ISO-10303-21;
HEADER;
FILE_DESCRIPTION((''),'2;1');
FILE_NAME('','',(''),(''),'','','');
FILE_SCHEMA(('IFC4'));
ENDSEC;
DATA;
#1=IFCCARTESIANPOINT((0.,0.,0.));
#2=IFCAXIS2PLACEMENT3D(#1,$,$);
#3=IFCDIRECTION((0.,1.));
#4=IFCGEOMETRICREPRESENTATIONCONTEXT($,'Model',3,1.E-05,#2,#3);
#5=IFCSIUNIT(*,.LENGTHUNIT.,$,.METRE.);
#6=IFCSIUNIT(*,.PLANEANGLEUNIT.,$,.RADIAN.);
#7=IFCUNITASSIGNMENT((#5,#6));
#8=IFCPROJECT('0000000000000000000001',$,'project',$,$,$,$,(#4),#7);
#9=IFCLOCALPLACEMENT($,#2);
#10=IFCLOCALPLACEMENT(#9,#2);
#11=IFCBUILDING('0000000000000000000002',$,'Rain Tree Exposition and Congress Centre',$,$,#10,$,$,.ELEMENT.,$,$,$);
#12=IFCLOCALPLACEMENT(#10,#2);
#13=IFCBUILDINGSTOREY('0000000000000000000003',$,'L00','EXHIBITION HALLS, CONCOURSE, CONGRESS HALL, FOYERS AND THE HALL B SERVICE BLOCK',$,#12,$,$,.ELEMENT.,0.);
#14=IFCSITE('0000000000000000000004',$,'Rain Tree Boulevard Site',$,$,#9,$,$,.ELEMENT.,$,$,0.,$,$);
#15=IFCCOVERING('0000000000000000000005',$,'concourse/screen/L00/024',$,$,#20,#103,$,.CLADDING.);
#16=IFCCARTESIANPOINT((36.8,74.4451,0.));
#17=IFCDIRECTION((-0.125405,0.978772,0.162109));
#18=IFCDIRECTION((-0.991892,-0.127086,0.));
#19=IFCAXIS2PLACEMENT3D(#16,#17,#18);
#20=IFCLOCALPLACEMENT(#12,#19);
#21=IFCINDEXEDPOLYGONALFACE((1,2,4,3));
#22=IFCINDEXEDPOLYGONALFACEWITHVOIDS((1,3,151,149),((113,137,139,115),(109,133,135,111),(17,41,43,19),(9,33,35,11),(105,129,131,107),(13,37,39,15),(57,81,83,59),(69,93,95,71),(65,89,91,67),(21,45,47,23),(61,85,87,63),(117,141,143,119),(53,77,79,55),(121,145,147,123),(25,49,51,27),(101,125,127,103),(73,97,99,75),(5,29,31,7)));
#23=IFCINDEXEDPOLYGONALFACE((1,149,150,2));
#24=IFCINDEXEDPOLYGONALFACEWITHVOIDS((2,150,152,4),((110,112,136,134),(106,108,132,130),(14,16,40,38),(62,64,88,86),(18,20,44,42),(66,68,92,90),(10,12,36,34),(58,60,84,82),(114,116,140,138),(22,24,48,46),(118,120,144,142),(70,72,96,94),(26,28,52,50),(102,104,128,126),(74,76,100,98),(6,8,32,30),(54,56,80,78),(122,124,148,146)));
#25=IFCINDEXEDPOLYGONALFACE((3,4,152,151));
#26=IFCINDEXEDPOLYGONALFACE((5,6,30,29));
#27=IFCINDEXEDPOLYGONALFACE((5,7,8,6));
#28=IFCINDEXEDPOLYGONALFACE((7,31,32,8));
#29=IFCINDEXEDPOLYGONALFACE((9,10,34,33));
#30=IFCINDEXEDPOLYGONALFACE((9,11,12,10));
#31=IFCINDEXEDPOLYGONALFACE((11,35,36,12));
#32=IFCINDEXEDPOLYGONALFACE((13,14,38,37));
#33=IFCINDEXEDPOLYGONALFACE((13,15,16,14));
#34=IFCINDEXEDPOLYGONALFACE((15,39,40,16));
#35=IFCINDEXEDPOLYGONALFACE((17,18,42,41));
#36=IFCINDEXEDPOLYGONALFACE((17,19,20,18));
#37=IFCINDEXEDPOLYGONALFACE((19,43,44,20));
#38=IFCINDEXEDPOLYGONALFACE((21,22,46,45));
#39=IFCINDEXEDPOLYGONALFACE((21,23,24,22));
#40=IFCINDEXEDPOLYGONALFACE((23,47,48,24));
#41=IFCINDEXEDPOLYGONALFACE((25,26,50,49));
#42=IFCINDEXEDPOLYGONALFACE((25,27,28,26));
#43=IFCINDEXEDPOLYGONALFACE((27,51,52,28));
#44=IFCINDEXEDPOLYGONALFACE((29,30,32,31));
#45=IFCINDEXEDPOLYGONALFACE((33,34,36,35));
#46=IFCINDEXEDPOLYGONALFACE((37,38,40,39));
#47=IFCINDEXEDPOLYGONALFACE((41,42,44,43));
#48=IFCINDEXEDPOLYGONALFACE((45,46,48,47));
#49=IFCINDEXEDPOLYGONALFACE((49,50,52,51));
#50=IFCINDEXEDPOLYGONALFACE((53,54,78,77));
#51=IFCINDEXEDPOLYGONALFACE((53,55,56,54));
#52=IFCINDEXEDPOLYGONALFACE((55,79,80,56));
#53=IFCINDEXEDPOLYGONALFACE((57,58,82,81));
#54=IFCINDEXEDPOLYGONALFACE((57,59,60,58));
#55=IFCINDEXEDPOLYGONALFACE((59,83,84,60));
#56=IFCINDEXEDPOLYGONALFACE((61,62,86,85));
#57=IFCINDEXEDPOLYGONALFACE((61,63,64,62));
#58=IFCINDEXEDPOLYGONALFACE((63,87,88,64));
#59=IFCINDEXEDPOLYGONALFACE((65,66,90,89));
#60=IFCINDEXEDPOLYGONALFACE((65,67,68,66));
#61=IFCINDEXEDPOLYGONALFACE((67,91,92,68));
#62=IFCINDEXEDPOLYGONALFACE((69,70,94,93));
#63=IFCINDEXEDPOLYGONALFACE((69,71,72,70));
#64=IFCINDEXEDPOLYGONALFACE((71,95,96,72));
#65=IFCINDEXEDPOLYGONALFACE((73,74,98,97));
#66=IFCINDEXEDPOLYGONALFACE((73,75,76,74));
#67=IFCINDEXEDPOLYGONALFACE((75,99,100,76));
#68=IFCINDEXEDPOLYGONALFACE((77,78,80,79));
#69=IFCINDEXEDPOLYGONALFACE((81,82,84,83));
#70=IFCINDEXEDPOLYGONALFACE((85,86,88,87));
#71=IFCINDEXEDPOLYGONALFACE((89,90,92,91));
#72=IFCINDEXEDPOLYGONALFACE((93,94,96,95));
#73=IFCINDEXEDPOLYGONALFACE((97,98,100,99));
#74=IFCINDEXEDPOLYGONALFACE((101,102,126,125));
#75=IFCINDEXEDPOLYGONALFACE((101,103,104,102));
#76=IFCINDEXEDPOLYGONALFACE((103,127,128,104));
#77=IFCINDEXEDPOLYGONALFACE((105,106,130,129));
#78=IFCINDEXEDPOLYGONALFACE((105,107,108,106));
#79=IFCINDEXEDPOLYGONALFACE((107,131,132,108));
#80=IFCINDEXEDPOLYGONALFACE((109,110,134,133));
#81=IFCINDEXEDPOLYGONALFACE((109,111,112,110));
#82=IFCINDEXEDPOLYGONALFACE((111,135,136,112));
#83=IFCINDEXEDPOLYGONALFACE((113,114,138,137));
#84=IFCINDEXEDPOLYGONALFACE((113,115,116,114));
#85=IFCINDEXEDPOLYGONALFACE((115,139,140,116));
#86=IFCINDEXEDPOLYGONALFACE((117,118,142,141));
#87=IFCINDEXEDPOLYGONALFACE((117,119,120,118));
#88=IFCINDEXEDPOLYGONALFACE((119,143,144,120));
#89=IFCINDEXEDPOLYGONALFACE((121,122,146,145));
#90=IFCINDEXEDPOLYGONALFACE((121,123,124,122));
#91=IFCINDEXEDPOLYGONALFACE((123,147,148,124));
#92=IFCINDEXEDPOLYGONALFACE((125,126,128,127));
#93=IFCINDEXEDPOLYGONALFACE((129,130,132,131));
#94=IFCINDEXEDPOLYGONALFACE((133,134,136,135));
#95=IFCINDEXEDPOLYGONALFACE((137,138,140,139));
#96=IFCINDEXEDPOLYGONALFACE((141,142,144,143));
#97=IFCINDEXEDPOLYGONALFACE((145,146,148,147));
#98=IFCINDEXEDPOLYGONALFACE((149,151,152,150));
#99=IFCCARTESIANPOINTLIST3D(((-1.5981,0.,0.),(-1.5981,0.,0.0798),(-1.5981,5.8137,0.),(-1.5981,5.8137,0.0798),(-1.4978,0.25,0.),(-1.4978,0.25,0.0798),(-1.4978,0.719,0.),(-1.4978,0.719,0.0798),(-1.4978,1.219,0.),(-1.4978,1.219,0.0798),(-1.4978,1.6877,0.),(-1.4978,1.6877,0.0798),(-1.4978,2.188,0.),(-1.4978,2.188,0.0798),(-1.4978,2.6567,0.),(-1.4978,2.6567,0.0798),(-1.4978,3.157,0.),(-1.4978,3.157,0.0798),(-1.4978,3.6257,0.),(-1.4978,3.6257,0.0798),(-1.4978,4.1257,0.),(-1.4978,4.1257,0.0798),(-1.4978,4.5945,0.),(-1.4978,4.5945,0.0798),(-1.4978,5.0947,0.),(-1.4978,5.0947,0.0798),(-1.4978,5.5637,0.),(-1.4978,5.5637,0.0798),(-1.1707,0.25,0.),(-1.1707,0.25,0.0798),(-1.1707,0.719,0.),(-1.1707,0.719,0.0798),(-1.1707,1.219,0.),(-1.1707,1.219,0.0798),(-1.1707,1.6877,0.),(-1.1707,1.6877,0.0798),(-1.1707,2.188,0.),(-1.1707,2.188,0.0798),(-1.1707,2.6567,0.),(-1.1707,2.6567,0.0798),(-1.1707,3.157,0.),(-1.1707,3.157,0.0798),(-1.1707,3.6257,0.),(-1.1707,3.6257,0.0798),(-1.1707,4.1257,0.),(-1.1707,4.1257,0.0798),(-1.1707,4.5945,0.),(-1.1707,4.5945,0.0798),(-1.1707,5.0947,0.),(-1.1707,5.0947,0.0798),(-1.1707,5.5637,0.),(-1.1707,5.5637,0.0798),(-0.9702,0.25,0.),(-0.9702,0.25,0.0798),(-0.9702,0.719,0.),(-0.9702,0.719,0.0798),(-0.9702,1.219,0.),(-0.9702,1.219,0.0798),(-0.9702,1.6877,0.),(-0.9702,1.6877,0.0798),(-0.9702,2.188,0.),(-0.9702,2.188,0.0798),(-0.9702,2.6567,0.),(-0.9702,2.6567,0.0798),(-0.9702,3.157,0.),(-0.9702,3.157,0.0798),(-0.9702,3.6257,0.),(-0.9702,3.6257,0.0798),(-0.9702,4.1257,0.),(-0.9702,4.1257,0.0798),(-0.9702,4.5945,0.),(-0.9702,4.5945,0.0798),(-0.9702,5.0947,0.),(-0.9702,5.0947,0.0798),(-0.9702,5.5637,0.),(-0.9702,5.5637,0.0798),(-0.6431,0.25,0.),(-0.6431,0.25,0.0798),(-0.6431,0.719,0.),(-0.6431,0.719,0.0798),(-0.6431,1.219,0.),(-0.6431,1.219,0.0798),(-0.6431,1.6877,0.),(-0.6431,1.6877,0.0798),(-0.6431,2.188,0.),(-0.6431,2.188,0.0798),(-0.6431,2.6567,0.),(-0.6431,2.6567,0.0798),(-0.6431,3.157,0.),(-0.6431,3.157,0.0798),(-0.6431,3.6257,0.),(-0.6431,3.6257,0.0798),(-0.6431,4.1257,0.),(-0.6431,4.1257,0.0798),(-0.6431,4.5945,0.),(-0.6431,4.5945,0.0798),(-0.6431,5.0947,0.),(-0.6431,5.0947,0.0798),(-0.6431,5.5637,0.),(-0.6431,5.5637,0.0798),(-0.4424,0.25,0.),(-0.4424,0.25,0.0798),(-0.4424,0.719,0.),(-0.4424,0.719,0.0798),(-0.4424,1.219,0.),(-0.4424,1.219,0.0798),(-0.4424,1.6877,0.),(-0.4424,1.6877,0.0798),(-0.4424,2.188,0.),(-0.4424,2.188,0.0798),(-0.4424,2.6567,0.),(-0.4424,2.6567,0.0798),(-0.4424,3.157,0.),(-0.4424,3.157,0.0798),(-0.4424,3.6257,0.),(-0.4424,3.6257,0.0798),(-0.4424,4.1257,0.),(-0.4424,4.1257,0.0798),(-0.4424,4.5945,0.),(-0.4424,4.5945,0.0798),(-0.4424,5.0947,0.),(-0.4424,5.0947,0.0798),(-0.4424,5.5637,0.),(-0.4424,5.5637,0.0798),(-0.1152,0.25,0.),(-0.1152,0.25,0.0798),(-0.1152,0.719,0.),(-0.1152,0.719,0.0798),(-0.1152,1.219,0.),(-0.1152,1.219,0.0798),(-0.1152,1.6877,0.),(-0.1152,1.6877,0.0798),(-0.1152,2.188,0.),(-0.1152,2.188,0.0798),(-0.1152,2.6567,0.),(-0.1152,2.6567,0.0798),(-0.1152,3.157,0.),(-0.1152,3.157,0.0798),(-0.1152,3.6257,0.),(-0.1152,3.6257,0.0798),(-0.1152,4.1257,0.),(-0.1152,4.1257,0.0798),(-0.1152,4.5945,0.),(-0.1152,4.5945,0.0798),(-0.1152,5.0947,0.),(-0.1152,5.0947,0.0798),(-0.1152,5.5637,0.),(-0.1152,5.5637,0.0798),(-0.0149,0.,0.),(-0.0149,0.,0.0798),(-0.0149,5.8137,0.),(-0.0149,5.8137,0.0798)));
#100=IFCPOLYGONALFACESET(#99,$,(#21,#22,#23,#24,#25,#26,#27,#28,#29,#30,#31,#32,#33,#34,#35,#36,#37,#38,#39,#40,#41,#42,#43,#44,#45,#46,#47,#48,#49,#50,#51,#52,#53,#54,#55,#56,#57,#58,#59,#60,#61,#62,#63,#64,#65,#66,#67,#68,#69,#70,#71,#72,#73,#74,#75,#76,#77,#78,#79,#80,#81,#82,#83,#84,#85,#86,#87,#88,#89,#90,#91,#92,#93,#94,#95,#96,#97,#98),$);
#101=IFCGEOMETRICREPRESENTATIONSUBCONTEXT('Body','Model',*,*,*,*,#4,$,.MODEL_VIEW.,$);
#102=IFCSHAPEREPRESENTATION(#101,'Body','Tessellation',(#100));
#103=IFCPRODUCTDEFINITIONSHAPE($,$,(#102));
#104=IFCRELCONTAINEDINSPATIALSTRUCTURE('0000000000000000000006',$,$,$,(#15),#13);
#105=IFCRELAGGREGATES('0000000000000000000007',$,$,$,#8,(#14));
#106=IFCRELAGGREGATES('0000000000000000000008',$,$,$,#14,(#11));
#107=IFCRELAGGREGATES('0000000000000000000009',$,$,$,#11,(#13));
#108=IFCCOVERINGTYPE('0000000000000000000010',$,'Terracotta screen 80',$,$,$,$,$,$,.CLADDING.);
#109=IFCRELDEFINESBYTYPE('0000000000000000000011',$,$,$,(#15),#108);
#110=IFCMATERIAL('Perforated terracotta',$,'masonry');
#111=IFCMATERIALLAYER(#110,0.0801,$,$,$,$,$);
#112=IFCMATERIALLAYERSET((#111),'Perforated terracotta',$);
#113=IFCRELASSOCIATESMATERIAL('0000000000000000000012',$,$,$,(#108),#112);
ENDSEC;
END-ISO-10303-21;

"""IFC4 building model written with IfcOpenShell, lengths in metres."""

from ifc_helpers import new_model, si_unit, direction, frame, origin, place, context, subcontext, project, spatial, polyline, outline, extrude, material, layer, layer_set, type_object, element, save


model = new_model("IFC4")

# Units and contexts
model_context = context("Model", 3, precision=1e-05, world=origin(), true_north=direction((0.0, 1.0)))
body_context = subcontext(model_context, "Body", "Model", "MODEL_VIEW")
ifc_project = project(units=[si_unit("LENGTHUNIT", "METRE"), si_unit("PLANEANGLEUNIT", "RADIAN")], contexts=[model_context])

# Site, building, storey
site_placement = place(None, origin())
site = spatial("IfcSite", under=ifc_project, at=site_placement, Name="Rain Tree Boulevard Site", CompositionType="ELEMENT", RefElevation=0.0)
building_placement = place(site_placement, origin())
building = spatial("IfcBuilding", under=site, at=building_placement, Name="Rain Tree Exposition and Congress Centre", CompositionType="ELEMENT")
storey_placement = place(building_placement, origin())
storey = spatial("IfcBuildingStorey", under=building, at=storey_placement, Name="L00", Description="EXHIBITION HALLS, CONCOURSE, CONGRESS HALL, FOYERS AND THE HALL B SERVICE BLOCK", CompositionType="ELEMENT", Elevation=0.0)

# Covering
ifc_material_1 = material(Name="Perforated terracotta", Category="masonry")
ifc_layer_1 = layer(ifc_material_1, 0.0801)
ifc_layer_set_1 = layer_set([ifc_layer_1], Name="Perforated terracotta")
covering_type = type_object("IfcCoveringType", Name="Terracotta screen 80", PredefinedType="CLADDING", material=ifc_layer_set_1)
covering_1_placement = place(storey_placement, frame((36.8, 74.4451, 0.0), z_axis=(-0.125405, 0.978772, 0.162109), x_axis=(-0.991892, -0.127086, 0.0)))
element("IfcCovering", 1, at=covering_1_placement, inside=storey, type_object=covering_type, Name="concourse/screen/L00/024", PredefinedType="CLADDING", context=body_context, shape_type="SweptSolid", body=[
    extrude(outline(polyline([(-0.0149, 0.0), (-1.5981, 0.0), (-1.5981, 5.8137), (-0.0149, 5.8137), (-0.0149, 0.0)]), holes=[polyline([(-0.1152, 0.25), (-0.1152, 0.719), (-0.4424, 0.719), (-0.4424, 0.25), (-0.1152, 0.25)]), polyline([(-0.1152, 1.219), (-0.1152, 1.6877), (-0.4424, 1.6877), (-0.4424, 1.219), (-0.1152, 1.219)]), polyline([(-0.1152, 2.188), (-0.1152, 2.6567), (-0.4424, 2.6567), (-0.4424, 2.188), (-0.1152, 2.188)]), polyline([(-0.1152, 3.157), (-0.1152, 3.6257), (-0.4424, 3.6257), (-0.4424, 3.157), (-0.1152, 3.157)]), polyline([(-0.1152, 4.1257), (-0.1152, 4.5945), (-0.4424, 4.5945), (-0.4424, 4.1257), (-0.1152, 4.1257)]), polyline([(-0.1152, 5.0947), (-0.1152, 5.5637), (-0.4424, 5.5637), (-0.4424, 5.0947), (-0.1152, 5.0947)]), polyline([(-0.6431, 0.25), (-0.6431, 0.719), (-0.9702, 0.719), (-0.9702, 0.25), (-0.6431, 0.25)]), polyline([(-0.6431, 1.219), (-0.6431, 1.6877), (-0.9702, 1.6877), (-0.9702, 1.219), (-0.6431, 1.219)]), polyline([(-0.6431, 2.188), (-0.6431, 2.6567), (-0.9702, 2.6567), (-0.9702, 2.188), (-0.6431, 2.188)]), polyline([(-0.6431, 3.157), (-0.6431, 3.6257), (-0.9702, 3.6257), (-0.9702, 3.157), (-0.6431, 3.157)]), polyline([(-0.6431, 4.1257), (-0.6431, 4.5945), (-0.9702, 4.5945), (-0.9702, 4.1257), (-0.6431, 4.1257)]), polyline([(-0.6431, 5.0947), (-0.6431, 5.5637), (-0.9702, 5.5637), (-0.9702, 5.0947), (-0.6431, 5.0947)]), polyline([(-1.1707, 0.25), (-1.1707, 0.719), (-1.4978, 0.719), (-1.4978, 0.25), (-1.1707, 0.25)]), polyline([(-1.1707, 1.219), (-1.1707, 1.6877), (-1.4978, 1.6877), (-1.4978, 1.219), (-1.1707, 1.219)]), polyline([(-1.1707, 2.188), (-1.1707, 2.6567), (-1.4978, 2.6567), (-1.4978, 2.188), (-1.1707, 2.188)]), polyline([(-1.1707, 3.157), (-1.1707, 3.6257), (-1.4978, 3.6257), (-1.4978, 3.157), (-1.1707, 3.157)]), polyline([(-1.1707, 4.1257), (-1.1707, 4.5945), (-1.4978, 4.5945), (-1.4978, 4.1257), (-1.1707, 4.1257)]), polyline([(-1.1707, 5.0947), (-1.1707, 5.5637), (-1.4978, 5.5637), (-1.4978, 5.0947), (-1.1707, 5.0947)])]), origin(), (0.0, 0.0, 1.0), 0.0798),
])

save(model, "model.ifc")
